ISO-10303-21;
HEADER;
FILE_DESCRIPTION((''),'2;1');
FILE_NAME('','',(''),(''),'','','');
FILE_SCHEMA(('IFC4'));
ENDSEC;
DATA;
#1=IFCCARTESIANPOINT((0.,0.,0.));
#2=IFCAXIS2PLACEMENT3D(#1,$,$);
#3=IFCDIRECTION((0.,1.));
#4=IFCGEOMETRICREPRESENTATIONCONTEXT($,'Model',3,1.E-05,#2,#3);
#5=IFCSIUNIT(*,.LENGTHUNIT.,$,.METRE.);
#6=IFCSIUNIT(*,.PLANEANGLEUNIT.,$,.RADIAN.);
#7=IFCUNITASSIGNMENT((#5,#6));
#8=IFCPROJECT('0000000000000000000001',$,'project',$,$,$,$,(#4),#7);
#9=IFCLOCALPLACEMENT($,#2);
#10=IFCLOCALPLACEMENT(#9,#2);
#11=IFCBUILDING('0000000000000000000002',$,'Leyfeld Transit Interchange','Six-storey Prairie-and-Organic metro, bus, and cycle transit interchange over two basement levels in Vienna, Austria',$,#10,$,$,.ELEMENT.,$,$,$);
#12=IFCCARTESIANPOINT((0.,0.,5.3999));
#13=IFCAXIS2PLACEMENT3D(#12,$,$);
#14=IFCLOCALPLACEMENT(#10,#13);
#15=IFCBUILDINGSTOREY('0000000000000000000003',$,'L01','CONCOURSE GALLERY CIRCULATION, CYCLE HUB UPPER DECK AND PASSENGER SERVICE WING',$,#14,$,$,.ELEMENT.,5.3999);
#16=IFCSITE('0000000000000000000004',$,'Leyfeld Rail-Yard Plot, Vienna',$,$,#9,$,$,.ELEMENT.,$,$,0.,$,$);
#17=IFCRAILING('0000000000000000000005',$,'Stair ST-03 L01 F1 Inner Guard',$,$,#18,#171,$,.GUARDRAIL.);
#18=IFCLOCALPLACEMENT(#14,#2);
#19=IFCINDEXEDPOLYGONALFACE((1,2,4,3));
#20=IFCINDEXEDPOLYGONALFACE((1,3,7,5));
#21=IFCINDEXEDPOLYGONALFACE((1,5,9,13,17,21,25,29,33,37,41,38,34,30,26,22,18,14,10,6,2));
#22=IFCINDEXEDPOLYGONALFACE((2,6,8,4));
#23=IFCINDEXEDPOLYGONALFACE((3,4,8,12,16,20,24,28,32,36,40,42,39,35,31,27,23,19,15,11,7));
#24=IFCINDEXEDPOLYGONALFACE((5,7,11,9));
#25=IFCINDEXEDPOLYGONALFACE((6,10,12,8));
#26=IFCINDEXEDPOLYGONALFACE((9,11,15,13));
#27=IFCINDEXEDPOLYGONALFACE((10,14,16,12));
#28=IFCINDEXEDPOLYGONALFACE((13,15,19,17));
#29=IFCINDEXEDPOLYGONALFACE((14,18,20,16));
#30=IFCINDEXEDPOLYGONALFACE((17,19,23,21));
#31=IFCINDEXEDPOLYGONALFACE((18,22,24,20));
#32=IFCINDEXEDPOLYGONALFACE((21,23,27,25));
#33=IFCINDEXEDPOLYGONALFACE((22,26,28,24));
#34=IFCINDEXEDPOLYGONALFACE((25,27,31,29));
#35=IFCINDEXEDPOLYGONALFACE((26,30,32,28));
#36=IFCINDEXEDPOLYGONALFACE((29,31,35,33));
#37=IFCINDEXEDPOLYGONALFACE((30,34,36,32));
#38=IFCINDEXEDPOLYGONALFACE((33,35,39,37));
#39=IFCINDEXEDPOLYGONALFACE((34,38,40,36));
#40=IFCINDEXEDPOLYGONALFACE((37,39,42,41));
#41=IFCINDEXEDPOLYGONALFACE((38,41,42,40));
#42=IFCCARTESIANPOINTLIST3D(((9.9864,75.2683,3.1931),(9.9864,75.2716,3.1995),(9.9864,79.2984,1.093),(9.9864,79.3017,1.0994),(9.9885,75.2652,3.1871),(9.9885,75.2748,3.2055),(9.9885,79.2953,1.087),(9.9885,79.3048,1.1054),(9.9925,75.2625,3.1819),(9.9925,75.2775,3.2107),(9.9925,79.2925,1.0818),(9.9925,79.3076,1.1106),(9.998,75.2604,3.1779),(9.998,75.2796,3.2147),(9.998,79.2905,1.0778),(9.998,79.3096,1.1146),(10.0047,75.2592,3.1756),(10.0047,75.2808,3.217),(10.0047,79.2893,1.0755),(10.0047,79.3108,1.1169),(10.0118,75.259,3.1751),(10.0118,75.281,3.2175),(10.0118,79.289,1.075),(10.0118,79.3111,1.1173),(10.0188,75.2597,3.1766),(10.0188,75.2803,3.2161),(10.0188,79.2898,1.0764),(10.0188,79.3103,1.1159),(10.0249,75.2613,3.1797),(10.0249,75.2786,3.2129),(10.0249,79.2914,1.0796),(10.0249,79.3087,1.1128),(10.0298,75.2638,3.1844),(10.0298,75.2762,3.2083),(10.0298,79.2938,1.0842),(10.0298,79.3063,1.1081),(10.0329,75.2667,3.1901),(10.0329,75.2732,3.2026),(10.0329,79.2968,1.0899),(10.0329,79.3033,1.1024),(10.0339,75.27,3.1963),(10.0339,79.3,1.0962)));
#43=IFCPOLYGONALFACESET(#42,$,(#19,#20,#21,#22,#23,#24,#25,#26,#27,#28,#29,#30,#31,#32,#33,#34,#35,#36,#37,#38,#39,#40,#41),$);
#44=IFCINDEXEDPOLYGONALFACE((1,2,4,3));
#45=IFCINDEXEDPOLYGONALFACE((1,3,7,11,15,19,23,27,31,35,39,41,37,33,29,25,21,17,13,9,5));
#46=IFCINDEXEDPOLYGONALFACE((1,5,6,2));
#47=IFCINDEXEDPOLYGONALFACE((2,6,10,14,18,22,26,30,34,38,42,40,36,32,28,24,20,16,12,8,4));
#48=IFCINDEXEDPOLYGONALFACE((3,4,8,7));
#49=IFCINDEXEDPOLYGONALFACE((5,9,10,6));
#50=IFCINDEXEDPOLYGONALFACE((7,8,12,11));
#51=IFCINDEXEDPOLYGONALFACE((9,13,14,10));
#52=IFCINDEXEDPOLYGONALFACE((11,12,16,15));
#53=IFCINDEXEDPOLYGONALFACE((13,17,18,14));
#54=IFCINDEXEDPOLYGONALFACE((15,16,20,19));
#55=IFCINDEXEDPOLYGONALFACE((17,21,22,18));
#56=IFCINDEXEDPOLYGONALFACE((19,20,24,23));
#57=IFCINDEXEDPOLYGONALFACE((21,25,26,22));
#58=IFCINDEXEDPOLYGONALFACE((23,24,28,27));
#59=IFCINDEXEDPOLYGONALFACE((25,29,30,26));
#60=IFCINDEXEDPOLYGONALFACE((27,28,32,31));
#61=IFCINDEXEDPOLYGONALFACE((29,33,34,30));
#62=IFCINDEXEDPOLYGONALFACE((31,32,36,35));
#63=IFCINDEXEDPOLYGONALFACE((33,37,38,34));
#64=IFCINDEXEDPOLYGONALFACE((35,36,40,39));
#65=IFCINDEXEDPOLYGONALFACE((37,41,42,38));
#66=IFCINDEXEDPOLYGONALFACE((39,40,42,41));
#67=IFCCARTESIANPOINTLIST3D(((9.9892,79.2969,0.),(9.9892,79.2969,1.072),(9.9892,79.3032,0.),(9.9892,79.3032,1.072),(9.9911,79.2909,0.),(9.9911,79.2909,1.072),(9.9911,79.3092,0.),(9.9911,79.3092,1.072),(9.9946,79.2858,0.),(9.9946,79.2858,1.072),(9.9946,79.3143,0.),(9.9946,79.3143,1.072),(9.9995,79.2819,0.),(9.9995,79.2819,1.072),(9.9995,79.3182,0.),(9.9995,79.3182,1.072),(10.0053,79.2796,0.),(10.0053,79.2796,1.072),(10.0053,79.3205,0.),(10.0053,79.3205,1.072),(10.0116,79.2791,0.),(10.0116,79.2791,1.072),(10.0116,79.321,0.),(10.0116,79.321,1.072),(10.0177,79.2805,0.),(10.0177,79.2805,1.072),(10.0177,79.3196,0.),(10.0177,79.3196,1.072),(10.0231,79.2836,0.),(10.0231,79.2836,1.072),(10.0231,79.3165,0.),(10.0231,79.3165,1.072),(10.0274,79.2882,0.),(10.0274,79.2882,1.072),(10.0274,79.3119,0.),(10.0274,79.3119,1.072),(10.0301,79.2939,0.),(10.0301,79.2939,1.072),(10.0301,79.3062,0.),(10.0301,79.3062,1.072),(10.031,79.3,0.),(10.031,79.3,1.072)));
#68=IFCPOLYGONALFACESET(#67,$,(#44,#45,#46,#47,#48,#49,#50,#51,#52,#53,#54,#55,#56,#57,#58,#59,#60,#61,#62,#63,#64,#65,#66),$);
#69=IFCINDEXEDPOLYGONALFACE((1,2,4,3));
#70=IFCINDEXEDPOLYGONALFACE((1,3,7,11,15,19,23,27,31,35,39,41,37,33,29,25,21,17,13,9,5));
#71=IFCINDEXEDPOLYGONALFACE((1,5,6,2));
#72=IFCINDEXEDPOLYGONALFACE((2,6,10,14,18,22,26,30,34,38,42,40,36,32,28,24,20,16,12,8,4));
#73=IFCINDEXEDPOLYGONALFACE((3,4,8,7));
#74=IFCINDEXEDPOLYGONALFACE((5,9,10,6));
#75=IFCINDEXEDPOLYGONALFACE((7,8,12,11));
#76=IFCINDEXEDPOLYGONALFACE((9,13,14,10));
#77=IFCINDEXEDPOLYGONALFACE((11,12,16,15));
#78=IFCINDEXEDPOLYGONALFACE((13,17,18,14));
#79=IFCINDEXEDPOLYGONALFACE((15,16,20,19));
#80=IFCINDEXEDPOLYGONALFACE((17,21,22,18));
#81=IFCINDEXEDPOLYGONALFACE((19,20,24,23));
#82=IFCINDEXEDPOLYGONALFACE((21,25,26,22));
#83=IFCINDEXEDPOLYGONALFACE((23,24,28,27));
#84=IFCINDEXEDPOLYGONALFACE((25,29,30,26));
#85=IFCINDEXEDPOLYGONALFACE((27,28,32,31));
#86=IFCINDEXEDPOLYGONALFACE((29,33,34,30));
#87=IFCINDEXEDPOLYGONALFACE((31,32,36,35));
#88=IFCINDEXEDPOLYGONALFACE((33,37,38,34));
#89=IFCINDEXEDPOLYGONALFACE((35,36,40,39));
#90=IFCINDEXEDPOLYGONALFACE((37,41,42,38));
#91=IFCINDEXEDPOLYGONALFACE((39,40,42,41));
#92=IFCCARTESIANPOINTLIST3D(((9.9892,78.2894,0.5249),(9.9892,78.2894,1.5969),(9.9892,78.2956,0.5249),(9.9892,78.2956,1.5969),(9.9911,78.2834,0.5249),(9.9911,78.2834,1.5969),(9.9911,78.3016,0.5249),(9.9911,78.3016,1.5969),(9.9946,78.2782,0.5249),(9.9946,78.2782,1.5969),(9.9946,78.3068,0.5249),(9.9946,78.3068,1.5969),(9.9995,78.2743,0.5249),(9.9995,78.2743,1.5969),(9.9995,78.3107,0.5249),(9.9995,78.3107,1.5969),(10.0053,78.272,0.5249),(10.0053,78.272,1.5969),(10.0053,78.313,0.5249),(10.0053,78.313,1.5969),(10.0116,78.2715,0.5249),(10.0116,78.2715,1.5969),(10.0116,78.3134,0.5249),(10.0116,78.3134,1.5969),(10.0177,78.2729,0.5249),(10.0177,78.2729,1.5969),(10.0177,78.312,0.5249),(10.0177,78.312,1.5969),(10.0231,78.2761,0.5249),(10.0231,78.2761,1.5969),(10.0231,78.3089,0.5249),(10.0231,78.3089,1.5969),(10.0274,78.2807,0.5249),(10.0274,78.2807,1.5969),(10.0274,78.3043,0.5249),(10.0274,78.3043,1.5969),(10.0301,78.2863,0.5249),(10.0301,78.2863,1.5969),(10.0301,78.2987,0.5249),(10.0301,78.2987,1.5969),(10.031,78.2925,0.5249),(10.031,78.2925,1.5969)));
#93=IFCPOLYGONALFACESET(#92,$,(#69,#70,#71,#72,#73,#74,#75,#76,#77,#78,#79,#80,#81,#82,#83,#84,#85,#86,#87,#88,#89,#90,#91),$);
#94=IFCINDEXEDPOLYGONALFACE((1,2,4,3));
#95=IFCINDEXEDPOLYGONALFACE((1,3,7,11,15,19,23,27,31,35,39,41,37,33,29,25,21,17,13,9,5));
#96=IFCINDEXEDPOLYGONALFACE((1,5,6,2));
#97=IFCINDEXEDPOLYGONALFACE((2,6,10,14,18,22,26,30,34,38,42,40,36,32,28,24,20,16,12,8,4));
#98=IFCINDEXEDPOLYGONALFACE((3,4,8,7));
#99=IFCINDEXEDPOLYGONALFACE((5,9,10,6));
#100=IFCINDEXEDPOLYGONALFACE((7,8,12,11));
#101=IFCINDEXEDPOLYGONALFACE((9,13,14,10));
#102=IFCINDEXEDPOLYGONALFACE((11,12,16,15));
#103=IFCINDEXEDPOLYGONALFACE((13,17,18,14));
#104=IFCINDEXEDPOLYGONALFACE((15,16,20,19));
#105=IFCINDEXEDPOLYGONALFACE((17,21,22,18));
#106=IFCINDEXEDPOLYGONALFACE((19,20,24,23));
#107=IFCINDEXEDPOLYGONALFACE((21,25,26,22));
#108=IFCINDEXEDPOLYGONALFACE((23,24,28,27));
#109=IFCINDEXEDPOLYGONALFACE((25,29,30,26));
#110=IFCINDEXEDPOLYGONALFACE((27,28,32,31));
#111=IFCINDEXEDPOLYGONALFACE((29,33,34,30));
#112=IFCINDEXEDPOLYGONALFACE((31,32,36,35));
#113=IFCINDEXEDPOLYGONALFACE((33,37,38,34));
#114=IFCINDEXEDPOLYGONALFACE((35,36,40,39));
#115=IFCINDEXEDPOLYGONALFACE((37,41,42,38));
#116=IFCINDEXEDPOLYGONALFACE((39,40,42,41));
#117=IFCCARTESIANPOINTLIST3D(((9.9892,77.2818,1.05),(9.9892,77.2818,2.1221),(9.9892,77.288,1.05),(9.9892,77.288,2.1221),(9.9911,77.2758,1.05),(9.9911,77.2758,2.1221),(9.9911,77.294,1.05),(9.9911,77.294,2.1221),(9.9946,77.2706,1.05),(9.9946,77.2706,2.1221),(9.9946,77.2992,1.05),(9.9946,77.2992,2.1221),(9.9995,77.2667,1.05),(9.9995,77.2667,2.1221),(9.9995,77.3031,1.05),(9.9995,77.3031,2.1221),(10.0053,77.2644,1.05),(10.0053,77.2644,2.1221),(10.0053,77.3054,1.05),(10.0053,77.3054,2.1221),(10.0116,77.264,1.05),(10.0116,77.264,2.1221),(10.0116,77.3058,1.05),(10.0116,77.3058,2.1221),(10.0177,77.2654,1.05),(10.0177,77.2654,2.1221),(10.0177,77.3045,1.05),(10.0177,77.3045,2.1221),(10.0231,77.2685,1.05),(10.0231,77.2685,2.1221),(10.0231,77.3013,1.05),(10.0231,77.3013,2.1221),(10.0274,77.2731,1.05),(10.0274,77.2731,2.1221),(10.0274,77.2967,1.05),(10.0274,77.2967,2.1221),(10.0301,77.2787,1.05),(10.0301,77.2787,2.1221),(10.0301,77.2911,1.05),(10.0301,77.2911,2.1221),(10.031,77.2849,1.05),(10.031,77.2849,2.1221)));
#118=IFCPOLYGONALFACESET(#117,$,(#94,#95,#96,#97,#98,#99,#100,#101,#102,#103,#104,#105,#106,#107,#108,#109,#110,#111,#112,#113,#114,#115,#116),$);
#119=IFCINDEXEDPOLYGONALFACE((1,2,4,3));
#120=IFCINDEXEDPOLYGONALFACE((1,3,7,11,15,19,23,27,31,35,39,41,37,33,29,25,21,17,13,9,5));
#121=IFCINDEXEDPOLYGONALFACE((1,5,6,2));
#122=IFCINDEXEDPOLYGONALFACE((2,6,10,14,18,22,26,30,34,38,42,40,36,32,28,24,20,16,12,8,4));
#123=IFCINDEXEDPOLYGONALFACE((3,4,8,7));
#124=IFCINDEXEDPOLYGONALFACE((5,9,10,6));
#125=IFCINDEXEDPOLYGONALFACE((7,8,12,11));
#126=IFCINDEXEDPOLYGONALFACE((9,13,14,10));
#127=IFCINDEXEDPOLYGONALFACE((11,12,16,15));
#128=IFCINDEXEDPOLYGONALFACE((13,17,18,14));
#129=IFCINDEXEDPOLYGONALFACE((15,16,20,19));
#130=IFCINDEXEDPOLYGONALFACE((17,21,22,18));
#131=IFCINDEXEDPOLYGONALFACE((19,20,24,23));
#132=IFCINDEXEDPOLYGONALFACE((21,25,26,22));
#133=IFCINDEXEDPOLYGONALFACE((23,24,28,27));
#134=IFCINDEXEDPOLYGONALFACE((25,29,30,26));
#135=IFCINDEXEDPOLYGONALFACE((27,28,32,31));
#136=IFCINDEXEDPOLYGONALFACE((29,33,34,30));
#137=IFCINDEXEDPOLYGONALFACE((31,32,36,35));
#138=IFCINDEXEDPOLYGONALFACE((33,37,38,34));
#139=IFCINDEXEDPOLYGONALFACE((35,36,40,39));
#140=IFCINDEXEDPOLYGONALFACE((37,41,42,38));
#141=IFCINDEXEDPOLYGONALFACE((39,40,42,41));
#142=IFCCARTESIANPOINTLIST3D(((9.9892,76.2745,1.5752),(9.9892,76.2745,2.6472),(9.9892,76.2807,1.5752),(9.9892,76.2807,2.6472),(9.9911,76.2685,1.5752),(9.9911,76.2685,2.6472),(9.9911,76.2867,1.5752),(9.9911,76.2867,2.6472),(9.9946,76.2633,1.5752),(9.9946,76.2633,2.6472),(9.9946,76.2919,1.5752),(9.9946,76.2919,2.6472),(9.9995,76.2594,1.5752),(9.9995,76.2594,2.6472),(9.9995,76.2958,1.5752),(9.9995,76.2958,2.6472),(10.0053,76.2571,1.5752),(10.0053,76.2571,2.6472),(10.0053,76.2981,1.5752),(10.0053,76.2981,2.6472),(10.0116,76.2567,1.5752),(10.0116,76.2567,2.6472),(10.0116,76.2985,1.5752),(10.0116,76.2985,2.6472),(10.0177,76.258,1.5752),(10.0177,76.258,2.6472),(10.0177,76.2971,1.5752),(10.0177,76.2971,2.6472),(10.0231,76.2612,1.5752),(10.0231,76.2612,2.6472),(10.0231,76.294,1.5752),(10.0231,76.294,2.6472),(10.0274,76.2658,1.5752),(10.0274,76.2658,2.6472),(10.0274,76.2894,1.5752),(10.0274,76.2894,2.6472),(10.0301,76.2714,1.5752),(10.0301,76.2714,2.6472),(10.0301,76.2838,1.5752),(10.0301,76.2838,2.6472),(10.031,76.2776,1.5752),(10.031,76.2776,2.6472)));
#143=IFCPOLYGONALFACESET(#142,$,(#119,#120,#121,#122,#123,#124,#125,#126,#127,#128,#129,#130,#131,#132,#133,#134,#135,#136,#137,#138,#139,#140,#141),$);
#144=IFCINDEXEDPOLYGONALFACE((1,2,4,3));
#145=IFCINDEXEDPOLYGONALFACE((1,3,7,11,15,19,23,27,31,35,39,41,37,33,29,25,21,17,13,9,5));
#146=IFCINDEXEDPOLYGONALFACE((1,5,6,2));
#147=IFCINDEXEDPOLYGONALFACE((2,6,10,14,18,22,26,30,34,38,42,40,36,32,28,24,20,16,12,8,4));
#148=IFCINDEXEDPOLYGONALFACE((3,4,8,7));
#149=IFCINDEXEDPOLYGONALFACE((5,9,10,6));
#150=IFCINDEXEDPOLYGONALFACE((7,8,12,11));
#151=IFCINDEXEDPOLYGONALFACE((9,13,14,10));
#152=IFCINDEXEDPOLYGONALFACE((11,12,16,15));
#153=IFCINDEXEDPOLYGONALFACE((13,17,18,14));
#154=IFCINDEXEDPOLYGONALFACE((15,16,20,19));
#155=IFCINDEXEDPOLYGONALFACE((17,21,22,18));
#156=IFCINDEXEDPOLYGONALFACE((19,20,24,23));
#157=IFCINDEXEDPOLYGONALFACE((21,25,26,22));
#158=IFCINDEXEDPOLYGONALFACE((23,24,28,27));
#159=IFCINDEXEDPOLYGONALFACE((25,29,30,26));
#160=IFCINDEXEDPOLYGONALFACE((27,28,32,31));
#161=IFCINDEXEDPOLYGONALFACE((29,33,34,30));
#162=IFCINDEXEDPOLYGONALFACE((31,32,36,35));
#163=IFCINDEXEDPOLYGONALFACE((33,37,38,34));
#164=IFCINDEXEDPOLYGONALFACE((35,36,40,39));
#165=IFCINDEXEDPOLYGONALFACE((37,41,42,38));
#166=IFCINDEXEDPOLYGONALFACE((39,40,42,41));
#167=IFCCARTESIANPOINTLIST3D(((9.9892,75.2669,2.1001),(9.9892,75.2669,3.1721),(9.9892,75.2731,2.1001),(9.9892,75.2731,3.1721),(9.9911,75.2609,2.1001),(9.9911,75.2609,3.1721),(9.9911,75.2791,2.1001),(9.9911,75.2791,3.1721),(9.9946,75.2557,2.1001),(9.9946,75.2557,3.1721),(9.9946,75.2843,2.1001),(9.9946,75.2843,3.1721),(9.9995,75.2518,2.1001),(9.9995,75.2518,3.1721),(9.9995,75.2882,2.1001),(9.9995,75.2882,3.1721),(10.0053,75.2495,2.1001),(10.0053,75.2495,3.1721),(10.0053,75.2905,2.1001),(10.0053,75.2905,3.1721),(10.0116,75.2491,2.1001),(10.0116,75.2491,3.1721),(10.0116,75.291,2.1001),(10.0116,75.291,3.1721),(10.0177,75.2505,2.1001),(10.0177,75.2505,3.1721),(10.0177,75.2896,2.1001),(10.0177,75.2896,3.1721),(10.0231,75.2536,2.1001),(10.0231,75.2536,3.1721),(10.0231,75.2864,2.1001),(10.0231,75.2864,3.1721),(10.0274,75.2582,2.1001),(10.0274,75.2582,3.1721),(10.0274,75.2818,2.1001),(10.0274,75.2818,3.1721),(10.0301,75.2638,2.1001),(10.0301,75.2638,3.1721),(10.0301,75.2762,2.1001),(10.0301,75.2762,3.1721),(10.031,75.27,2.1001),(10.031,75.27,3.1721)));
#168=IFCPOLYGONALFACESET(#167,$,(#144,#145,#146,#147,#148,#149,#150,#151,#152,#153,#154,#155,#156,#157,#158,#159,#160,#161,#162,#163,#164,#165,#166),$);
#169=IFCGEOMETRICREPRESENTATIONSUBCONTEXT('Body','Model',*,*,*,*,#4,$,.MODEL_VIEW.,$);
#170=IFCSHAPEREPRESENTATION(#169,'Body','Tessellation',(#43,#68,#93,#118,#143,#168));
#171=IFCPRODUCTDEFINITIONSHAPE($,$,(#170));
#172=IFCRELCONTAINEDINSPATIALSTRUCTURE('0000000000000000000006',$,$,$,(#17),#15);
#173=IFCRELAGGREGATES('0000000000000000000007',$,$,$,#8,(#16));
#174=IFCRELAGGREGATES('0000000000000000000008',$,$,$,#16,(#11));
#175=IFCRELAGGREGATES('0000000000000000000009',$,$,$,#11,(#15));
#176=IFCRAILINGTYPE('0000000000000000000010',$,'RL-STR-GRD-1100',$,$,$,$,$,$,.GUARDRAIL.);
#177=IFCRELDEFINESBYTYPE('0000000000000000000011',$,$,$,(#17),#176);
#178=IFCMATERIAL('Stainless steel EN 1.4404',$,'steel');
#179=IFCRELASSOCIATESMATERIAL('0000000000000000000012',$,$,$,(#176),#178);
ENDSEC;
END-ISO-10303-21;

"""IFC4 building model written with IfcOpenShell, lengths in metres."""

from ifc_helpers import new_model, si_unit, direction, frame, origin, origin_2d, place, context, subcontext, project, spatial, circle, extrude, material, type_object, element, save


model = new_model("IFC4")

# Units and contexts
model_context = context("Model", 3, precision=1e-05, world=origin(), true_north=direction((0.0, 1.0)))
body_context = subcontext(model_context, "Body", "Model", "MODEL_VIEW")
ifc_project = project(units=[si_unit("LENGTHUNIT", "METRE"), si_unit("PLANEANGLEUNIT", "RADIAN")], contexts=[model_context])

# Site, building, storey
site_placement = place(None, origin())
site = spatial("IfcSite", under=ifc_project, at=site_placement, Name="Leyfeld Rail-Yard Plot, Vienna", CompositionType="ELEMENT", RefElevation=0.0)
building_placement = place(site_placement, origin())
building = spatial("IfcBuilding", under=site, at=building_placement, Name="Leyfeld Transit Interchange", Description="Six-storey Prairie-and-Organic metro, bus, and cycle transit interchange over two basement levels in Vienna, Austria", CompositionType="ELEMENT")
storey_placement = place(building_placement, frame((0.0, 0.0, 5.3999)))
storey = spatial("IfcBuildingStorey", under=building, at=storey_placement, Name="L01", Description="CONCOURSE GALLERY CIRCULATION, CYCLE HUB UPPER DECK AND PASSENGER SERVICE WING", CompositionType="ELEMENT", Elevation=5.3999)

# Railing
ifc_material_1 = material(Name="Stainless steel EN 1.4404", Category="steel")
railing_type_1 = type_object("IfcRailingType", Name="RL-STR-GRD-1100", PredefinedType="GUARDRAIL", material=ifc_material_1)
for number, where, name in (
    (1, (10.01, 79.3, 0.0), "Stair ST-03 L01 F1 Inner Guard"),
):
    element("IfcRailing", number, at=place(storey_placement, frame(where)), inside=storey, type_object=railing_type_1, Name=name, PredefinedType="GUARDRAIL", context=body_context, shape_type="SweptSolid", body=[
        extrude(circle(Radius=0.0239, at=origin_2d()), frame((0.0, 0.0, 1.0962), z_axis=(0.0, -0.886813, 0.462129), x_axis=(1.0, 0.0, 0.0)), (0.0, 0.0, 1.0), 4.5444),
        extrude(circle(Radius=0.021, at=origin_2d()), origin(), (0.0, 0.0, 1.0), 1.072),
        extrude(circle(Radius=0.021, at=origin_2d()), frame((0.0, -1.0076, 0.5249)), (0.0, 0.0, 1.0), 1.072),
        extrude(circle(Radius=0.021, at=origin_2d()), frame((0.0, -2.0151, 1.05)), (0.0, 0.0, 1.0), 1.072),
        extrude(circle(Radius=0.021, at=origin_2d()), frame((0.0, -3.0225, 1.5752)), (0.0, 0.0, 1.0), 1.072),
        extrude(circle(Radius=0.021, at=origin_2d()), frame((0.0, -4.03, 2.1001)), (0.0, 0.0, 1.0), 1.072),
    ])

save(model, "model.ifc")
